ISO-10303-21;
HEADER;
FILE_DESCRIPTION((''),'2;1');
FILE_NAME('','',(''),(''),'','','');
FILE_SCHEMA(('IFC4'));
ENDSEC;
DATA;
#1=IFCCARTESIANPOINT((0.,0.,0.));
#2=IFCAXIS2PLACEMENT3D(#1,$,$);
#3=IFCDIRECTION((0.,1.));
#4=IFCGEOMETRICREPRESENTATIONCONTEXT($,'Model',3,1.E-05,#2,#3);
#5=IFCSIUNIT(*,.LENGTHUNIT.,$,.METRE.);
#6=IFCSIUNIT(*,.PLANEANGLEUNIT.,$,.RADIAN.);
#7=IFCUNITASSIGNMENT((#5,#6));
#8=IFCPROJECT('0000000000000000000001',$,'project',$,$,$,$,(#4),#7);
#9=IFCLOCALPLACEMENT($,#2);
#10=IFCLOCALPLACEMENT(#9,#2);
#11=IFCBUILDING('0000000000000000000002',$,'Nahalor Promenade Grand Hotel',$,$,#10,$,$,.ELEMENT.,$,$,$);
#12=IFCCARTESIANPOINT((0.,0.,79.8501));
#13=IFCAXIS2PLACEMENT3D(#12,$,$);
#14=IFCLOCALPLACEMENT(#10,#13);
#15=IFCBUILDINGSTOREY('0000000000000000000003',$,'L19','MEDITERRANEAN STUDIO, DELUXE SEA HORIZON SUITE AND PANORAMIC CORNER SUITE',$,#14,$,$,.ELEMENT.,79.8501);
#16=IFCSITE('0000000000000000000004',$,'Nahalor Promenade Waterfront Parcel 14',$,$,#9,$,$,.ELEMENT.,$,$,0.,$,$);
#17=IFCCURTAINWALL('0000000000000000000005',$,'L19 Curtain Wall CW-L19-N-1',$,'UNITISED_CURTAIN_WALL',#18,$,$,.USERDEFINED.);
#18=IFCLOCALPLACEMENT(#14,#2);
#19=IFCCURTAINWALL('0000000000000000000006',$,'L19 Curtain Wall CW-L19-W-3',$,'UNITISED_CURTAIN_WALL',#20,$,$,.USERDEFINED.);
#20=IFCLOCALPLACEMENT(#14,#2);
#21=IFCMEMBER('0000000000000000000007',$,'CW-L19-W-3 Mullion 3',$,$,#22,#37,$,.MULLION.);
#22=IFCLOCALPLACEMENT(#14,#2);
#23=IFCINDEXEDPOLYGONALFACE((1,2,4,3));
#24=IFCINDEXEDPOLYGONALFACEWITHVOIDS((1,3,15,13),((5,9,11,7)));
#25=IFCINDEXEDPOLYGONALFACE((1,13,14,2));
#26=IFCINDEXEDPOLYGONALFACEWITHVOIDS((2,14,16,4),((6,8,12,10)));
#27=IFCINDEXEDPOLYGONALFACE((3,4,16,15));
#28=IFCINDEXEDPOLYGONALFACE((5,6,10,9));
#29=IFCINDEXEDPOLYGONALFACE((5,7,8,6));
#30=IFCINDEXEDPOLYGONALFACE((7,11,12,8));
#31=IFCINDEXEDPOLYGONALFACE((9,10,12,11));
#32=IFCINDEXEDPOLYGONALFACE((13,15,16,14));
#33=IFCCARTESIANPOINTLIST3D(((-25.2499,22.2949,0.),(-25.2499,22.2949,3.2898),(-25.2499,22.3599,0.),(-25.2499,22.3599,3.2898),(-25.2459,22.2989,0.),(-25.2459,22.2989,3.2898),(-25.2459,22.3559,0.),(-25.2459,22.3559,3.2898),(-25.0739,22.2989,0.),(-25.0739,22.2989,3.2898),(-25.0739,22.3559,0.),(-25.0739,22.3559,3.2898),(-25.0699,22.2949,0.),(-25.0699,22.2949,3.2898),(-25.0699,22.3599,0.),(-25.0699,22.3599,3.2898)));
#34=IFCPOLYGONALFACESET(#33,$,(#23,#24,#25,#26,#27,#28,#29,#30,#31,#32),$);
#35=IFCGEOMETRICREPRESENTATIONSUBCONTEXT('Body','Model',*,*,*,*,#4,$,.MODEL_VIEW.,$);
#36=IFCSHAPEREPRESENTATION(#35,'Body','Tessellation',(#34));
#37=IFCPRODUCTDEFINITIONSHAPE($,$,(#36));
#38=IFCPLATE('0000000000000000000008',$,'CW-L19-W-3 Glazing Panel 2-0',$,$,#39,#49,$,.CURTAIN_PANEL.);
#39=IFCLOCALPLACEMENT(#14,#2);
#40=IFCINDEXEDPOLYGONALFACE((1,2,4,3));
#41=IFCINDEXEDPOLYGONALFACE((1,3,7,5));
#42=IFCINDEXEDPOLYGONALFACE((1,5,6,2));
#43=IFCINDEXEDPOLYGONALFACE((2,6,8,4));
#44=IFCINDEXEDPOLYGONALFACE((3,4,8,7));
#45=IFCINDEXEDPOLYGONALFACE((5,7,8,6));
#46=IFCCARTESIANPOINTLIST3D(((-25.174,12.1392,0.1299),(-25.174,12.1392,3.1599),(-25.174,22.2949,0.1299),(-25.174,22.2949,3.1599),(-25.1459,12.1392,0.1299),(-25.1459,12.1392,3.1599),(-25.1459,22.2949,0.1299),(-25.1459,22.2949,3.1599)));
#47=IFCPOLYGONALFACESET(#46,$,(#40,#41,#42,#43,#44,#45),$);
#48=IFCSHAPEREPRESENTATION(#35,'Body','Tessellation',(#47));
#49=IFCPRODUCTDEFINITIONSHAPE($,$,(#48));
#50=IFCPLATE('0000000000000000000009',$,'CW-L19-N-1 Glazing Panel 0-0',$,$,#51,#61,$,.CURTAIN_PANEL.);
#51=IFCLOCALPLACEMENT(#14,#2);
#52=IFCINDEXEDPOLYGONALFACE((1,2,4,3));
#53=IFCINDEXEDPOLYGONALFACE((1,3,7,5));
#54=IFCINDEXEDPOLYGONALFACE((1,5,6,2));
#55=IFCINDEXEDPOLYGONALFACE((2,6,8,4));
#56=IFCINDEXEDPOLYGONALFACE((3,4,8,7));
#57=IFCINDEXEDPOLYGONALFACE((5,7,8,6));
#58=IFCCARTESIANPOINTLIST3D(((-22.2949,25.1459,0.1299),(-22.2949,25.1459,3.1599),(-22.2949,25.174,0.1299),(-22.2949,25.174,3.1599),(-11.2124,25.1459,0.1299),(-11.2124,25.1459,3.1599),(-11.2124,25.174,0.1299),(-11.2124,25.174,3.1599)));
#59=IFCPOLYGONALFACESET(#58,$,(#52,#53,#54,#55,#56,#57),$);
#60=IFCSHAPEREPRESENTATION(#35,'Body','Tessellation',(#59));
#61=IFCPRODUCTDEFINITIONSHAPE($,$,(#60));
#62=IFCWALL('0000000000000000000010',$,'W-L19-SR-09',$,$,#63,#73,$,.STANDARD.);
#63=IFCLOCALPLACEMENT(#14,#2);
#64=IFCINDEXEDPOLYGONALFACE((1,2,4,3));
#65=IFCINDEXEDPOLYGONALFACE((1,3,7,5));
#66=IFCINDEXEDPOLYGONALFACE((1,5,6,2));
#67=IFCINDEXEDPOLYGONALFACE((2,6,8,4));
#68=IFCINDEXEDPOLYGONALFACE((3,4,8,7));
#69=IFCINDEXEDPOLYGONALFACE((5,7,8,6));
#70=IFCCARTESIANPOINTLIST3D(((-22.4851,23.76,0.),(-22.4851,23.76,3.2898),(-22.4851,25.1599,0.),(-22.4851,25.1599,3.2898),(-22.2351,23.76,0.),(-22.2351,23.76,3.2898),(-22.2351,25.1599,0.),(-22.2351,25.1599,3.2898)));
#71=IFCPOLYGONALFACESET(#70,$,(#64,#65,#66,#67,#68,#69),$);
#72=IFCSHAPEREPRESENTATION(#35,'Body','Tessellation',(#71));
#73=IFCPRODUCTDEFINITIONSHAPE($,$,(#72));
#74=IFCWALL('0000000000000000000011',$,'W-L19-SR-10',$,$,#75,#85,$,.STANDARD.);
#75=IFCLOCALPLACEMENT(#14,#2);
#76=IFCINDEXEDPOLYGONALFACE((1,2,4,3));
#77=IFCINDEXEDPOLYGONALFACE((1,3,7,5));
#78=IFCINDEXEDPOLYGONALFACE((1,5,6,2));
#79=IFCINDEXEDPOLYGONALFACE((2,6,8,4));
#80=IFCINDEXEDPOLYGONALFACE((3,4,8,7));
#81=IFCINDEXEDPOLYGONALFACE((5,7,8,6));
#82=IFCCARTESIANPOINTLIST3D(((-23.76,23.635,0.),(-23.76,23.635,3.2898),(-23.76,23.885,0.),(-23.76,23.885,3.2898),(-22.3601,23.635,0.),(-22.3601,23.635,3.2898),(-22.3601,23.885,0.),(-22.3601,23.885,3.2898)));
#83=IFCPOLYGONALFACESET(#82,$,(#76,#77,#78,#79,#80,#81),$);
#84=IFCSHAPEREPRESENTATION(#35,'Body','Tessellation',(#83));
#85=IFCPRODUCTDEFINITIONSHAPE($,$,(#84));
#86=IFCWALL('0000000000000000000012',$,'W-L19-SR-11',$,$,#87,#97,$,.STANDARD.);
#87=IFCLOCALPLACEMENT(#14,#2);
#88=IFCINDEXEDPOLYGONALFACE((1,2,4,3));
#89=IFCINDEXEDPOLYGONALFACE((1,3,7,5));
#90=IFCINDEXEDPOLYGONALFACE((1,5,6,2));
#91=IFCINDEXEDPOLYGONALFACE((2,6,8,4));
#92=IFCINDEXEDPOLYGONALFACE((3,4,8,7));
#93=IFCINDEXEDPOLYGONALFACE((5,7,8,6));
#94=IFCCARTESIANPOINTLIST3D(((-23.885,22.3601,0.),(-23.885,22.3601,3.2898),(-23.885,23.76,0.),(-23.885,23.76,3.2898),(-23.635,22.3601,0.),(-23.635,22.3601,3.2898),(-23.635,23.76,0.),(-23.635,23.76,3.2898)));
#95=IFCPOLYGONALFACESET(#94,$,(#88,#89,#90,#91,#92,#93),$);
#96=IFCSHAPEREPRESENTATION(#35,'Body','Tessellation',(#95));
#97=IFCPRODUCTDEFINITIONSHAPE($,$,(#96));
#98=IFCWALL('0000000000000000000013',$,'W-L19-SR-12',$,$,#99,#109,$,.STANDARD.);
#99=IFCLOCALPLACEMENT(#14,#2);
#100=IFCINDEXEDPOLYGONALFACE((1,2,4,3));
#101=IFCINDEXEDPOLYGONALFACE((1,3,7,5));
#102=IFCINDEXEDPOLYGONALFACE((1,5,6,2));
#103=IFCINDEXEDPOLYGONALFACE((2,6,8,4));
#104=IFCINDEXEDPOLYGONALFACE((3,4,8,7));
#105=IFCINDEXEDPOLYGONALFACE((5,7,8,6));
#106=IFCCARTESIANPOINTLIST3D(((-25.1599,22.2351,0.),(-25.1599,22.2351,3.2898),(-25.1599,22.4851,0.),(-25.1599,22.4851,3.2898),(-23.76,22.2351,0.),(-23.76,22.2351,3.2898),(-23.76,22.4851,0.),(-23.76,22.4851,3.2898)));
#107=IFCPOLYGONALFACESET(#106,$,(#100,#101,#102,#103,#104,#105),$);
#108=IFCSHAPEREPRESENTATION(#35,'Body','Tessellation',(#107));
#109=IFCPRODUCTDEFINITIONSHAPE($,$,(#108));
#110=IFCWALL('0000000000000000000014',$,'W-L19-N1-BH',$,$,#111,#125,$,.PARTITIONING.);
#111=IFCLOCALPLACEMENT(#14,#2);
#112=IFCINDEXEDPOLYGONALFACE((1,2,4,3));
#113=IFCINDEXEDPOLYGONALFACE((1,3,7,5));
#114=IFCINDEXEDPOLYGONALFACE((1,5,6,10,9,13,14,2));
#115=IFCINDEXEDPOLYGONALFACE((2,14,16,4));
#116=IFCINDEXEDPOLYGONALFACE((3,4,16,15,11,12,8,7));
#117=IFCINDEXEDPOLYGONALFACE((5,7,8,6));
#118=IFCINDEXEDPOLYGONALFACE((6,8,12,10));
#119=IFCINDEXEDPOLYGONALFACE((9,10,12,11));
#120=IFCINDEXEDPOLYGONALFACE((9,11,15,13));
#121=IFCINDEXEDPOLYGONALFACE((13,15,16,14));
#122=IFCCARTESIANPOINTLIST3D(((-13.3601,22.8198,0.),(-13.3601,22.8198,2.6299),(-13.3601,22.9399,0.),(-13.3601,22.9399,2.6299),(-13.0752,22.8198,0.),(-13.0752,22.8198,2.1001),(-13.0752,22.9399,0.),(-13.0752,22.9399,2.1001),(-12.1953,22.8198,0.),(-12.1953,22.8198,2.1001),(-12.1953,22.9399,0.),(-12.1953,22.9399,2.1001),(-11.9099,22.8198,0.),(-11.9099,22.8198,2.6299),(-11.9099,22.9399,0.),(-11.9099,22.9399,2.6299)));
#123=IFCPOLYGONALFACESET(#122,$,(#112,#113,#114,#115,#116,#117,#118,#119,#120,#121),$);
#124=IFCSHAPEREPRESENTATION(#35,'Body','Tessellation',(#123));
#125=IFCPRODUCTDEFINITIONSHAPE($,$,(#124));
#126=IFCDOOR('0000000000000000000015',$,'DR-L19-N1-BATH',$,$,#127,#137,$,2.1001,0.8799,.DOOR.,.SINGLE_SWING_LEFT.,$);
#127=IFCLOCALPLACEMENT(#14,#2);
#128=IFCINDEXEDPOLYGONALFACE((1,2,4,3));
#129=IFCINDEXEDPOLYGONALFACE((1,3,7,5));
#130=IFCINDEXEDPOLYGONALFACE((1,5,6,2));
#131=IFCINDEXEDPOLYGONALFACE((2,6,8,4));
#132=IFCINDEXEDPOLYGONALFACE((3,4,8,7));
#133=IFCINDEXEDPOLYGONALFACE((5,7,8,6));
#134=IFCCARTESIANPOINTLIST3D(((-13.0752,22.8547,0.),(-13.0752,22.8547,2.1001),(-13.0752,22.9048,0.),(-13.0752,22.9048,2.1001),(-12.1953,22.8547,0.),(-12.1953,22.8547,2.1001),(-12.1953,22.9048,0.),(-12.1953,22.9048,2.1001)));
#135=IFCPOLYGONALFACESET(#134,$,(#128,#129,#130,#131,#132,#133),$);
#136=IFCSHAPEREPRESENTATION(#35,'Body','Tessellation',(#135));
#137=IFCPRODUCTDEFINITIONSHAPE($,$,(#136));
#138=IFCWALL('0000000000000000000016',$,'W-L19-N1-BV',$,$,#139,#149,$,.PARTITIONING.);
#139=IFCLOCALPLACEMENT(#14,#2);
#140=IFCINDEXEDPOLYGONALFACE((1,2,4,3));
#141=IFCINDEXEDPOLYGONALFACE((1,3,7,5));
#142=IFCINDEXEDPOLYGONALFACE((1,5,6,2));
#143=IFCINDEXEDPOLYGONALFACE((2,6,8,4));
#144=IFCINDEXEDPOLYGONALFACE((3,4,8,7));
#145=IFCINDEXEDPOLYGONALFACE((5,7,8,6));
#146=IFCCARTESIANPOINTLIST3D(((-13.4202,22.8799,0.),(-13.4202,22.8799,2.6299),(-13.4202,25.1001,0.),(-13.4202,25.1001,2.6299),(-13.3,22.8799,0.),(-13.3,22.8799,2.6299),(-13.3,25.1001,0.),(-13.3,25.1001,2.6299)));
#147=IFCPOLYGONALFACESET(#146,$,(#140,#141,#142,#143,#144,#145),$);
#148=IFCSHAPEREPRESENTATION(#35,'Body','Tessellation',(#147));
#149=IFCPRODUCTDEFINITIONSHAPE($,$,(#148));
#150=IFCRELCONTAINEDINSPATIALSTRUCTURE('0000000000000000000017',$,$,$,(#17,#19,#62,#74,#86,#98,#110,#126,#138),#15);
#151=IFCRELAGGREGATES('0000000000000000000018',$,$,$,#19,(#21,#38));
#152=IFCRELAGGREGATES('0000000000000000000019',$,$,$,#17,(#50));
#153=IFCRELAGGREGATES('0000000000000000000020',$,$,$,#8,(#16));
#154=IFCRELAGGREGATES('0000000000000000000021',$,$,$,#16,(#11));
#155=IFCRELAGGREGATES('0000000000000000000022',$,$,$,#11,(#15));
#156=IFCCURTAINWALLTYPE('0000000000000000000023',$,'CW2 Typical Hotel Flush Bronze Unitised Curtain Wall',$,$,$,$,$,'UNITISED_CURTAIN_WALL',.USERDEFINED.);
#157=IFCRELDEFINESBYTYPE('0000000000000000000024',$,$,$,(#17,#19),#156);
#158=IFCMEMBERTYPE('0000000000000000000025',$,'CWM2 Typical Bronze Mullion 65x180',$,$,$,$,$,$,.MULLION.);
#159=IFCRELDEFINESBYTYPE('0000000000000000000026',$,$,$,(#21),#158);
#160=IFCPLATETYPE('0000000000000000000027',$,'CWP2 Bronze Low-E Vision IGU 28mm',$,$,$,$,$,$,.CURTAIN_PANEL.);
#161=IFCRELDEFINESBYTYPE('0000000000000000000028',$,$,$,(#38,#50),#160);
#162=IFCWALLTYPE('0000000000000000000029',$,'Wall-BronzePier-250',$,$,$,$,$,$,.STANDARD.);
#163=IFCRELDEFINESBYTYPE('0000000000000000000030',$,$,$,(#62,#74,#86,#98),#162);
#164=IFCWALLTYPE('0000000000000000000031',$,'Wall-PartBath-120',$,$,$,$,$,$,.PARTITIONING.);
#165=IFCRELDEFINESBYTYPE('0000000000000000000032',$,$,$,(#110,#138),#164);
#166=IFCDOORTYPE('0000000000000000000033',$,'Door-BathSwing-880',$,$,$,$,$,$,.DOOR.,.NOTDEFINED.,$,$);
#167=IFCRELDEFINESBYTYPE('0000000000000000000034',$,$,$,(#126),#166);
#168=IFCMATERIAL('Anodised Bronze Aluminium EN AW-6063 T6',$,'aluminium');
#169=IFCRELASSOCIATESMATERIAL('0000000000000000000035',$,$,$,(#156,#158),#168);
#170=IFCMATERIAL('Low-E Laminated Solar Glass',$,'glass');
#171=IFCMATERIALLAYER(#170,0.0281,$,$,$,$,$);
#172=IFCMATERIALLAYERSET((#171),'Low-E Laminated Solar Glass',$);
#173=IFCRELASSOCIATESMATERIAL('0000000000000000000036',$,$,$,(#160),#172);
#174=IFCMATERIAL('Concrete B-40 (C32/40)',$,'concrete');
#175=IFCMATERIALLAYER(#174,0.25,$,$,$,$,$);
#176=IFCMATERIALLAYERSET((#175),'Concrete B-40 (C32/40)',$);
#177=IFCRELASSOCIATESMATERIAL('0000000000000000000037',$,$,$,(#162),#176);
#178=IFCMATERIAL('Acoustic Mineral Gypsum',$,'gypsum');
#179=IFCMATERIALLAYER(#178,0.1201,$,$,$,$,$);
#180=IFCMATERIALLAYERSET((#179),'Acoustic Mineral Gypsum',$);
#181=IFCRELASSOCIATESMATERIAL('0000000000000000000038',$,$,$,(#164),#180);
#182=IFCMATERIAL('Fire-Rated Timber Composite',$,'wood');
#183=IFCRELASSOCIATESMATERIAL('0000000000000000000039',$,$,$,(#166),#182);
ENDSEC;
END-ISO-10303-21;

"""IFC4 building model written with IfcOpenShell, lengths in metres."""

from ifc_helpers import new_model, si_unit, direction, frame, frame_2d, origin, origin_2d, place, context, subcontext, project, spatial, rectangle, hollow_rectangle, extrude, source, transform, mapped, material, layer, layer_set, material_profile, profile_set, type_object, element, fill, aggregate, save


model = new_model("IFC4")

# Units and contexts
model_context = context("Model", 3, precision=1e-05, world=origin(), true_north=direction((0.0, 1.0)))
body_context = subcontext(model_context, "Body", "Model", "MODEL_VIEW")
ifc_project = project(units=[si_unit("LENGTHUNIT", "METRE"), si_unit("PLANEANGLEUNIT", "RADIAN")], contexts=[model_context])

# Site, building, storey
site_placement = place(None, origin())
site = spatial("IfcSite", under=ifc_project, at=site_placement, Name="Nahalor Promenade Waterfront Parcel 14", CompositionType="ELEMENT", RefElevation=0.0)
building_placement = place(site_placement, origin())
building = spatial("IfcBuilding", under=site, at=building_placement, Name="Nahalor Promenade Grand Hotel", CompositionType="ELEMENT")
storey_placement = place(building_placement, frame((0.0, 0.0, 79.8501)))
storey = spatial("IfcBuildingStorey", under=building, at=storey_placement, Name="L19", Description="MEDITERRANEAN STUDIO, DELUXE SEA HORIZON SUITE AND PANORAMIC CORNER SUITE", CompositionType="ELEMENT", Elevation=79.8501)

# Curtain walls
ifc_material_1 = material(Name="Anodised Bronze Aluminium EN AW-6063 T6", Category="aluminium")
curtain_wall_type = type_object("IfcCurtainWallType", Name="CW2 Typical Hotel Flush Bronze Unitised Curtain Wall", ElementType="UNITISED_CURTAIN_WALL", PredefinedType="USERDEFINED", material=ifc_material_1)
curtain_wall_1_placement = place(storey_placement, origin())
curtain_wall_1 = element("IfcCurtainWall", 1, at=curtain_wall_1_placement, inside=storey, type_object=curtain_wall_type, Name="L19 Curtain Wall CW-L19-N-1", ObjectType="UNITISED_CURTAIN_WALL", PredefinedType="USERDEFINED")
curtain_wall_2_placement = place(storey_placement, origin())
curtain_wall_2 = element("IfcCurtainWall", 2, at=curtain_wall_2_placement, inside=storey, type_object=curtain_wall_type, Name="L19 Curtain Wall CW-L19-W-3", ObjectType="UNITISED_CURTAIN_WALL", PredefinedType="USERDEFINED")

# Member
ifc_material_profile_1 = material_profile(ifc_material_1, hollow_rectangle(XDim=0.065, YDim=0.18, WallThickness=0.004, at=origin_2d()), Name="CWM 65x180x4")
ifc_profile_set_1 = profile_set([ifc_material_profile_1], Name="Anodised Bronze Aluminium EN AW-6063 T6")
member_type_1 = type_object("IfcMemberType", Name="CWM2 Typical Bronze Mullion 65x180", PredefinedType="MULLION", material=ifc_profile_set_1)
shared_shape_1 = source(origin(), body_context, "Body", "SweptSolid", [
    extrude(hollow_rectangle(XDim=0.065, YDim=0.18, WallThickness=0.004, at=origin_2d()), origin(), (0.0, 0.0, 1.0), 3.2898),
])
member_1_placement = place(storey_placement, frame((-25.1599, 22.3274, 0.0), z_axis=(0.0, 0.0, 1.0), x_axis=(0.0, 1.0, 0.0)))
member_1 = element("IfcMember", 3, at=member_1_placement, type_object=member_type_1, Name="CW-L19-W-3 Mullion 3", PredefinedType="MULLION", context=body_context, shape_type="MappedRepresentation", body=[
    mapped(shared_shape_1, transform((0.0, 0.0, 0.0), scale=1.0)),
])

# Plates
ifc_material_2 = material(Name="Low-E Laminated Solar Glass", Category="glass")
ifc_layer_1 = layer(ifc_material_2, 0.0281)
ifc_layer_set_1 = layer_set([ifc_layer_1], Name="Low-E Laminated Solar Glass")
plate_type = type_object("IfcPlateType", Name="CWP2 Bronze Low-E Vision IGU 28mm", PredefinedType="CURTAIN_PANEL", material=ifc_layer_set_1)
shared_shape_2 = source(origin(), body_context, "Body", "SweptSolid", [
    extrude(rectangle(XDim=10.1558, YDim=0.0281, at=origin_2d()), origin(), (0.0, 0.0, 1.0), 3.03),
])
plate_1_placement = place(storey_placement, frame((-25.1599, 17.217, 0.1299), z_axis=(0.0, 0.0, 1.0), x_axis=(0.0, 1.0, 0.0)))
plate_1 = element("IfcPlate", 4, at=plate_1_placement, type_object=plate_type, Name="CW-L19-W-3 Glazing Panel 2-0", PredefinedType="CURTAIN_PANEL", context=body_context, shape_type="MappedRepresentation", body=[
    mapped(shared_shape_2, transform((0.0, 0.0, 0.0), scale=1.0)),
])
aggregate(curtain_wall_2, [member_1, plate_1])
shared_shape_3 = source(origin(), body_context, "Body", "SweptSolid", [
    extrude(rectangle(XDim=11.0825, YDim=0.0281, at=origin_2d()), origin(), (0.0, 0.0, 1.0), 3.03),
])
plate_2_placement = place(storey_placement, frame((-16.7537, 25.1599, 0.1299), z_axis=(0.0, 0.0, 1.0), x_axis=(1.0, 0.0, 0.0)))
plate_2 = element("IfcPlate", 5, at=plate_2_placement, type_object=plate_type, Name="CW-L19-N-1 Glazing Panel 0-0", PredefinedType="CURTAIN_PANEL", context=body_context, shape_type="MappedRepresentation", body=[
    mapped(shared_shape_3, transform((0.0, 0.0, 0.0), scale=1.0)),
])
aggregate(curtain_wall_1, [plate_2])

# Walls
ifc_material_3 = material(Name="Concrete B-40 (C32/40)", Category="concrete")
ifc_layer_2 = layer(ifc_material_3, 0.25)
ifc_layer_set_2 = layer_set([ifc_layer_2], Name="Concrete B-40 (C32/40)")
wall_type_1 = type_object("IfcWallType", Name="Wall-BronzePier-250", PredefinedType="STANDARD", material=ifc_layer_set_2)
shared_shape_4 = source(origin(), body_context, "Body", "SweptSolid", [
    extrude(rectangle(XDim=1.3999, YDim=0.25, at=frame_2d((0.7, 0.0))), origin(), (0.0, 0.0, 1.0), 3.2898),
])
for number, where, z_axis, x_axis, name in (
    (6, (-22.3601, 23.76, 0.0), (0.0, 0.0, 1.0), (0.0, 1.0, 0.0), "W-L19-SR-09"),
    (7, (-23.76, 23.76, 0.0), (0.0, 0.0, 1.0), (1.0, 0.0, 0.0), "W-L19-SR-10"),
    (8, (-23.76, 22.3601, 0.0), (0.0, 0.0, 1.0), (0.0, 1.0, 0.0), "W-L19-SR-11"),
    (9, (-25.1599, 22.3601, 0.0), (0.0, 0.0, 1.0), (1.0, 0.0, 0.0), "W-L19-SR-12"),
):
    element("IfcWall", number, at=place(storey_placement, frame(where, z_axis=z_axis, x_axis=x_axis)), inside=storey, type_object=wall_type_1, Name=name, PredefinedType="STANDARD", context=body_context, shape_type="MappedRepresentation", body=[
        mapped(shared_shape_4, transform((0.0, 0.0, 0.0), scale=1.0)),
    ])

# Wall, opening, door
ifc_material_4 = material(Name="Acoustic Mineral Gypsum", Category="gypsum")
ifc_layer_3 = layer(ifc_material_4, 0.1201)
ifc_layer_set_3 = layer_set([ifc_layer_3], Name="Acoustic Mineral Gypsum")
wall_type_2 = type_object("IfcWallType", Name="Wall-PartBath-120", PredefinedType="PARTITIONING", material=ifc_layer_set_3)
shared_shape_5 = source(origin(), body_context, "Body", "SweptSolid", [
    extrude(rectangle(XDim=1.4502, YDim=0.1201, at=frame_2d((0.7251, 0.0))), origin(), (0.0, 0.0, 1.0), 2.6299),
])
wall_1_placement = place(storey_placement, frame((-13.3601, 22.8799, 0.0), z_axis=(0.0, 0.0, 1.0), x_axis=(1.0, 0.0, 0.0)))
wall_1 = element("IfcWall", 10, at=wall_1_placement, inside=storey, type_object=wall_type_2, Name="W-L19-N1-BH", PredefinedType="PARTITIONING", context=body_context, shape_type="MappedRepresentation", body=[
    mapped(shared_shape_5, transform((0.0, 0.0, 0.0), scale=1.0)),
])
opening_placement = place(wall_1_placement, frame((0.2849, 0.0, 0.0)))
opening = element("IfcOpeningElement", 11, at=opening_placement, cuts=wall_1, PredefinedType="OPENING", context=body_context, shape_type="SweptSolid", body=[
    extrude(rectangle(XDim=0.8799, YDim=2.1001, at=frame_2d((0.4399, 1.05))), frame((0.0, 0.0701, 0.0), z_axis=(0.0, -1.0, 0.0), x_axis=(1.0, 0.0, 0.0)), (0.0, 0.0, 1.0), 0.1401),
])
ifc_material_5 = material(Name="Fire-Rated Timber Composite", Category="wood")
door_type = type_object("IfcDoorType", Name="Door-BathSwing-880", OperationType="NOTDEFINED", PredefinedType="DOOR", material=ifc_material_5)
shared_shape_6 = source(origin(), body_context, "Body", "SweptSolid", [
    extrude(rectangle(XDim=0.8799, YDim=2.1001, at=frame_2d((0.4399, 1.05))), frame((0.0, 0.0249, 0.0), z_axis=(0.0, -1.0, 0.0), x_axis=(1.0, 0.0, 0.0)), (0.0, 0.0, 1.0), 0.05),
])
door_placement = place(opening_placement, origin())
door = element("IfcDoor", 12, at=door_placement, inside=storey, type_object=door_type, Name="DR-L19-N1-BATH", OperationType="SINGLE_SWING_LEFT", OverallHeight=2.1001, OverallWidth=0.8799, PredefinedType="DOOR", context=body_context, shape_type="MappedRepresentation", body=[
    mapped(shared_shape_6, transform((0.0, 0.0, 0.0), scale=1.0)),
])
fill(opening, door)

# Wall
shared_shape_7 = source(origin(), body_context, "Body", "SweptSolid", [
    extrude(rectangle(XDim=2.2202, YDim=0.1201, at=frame_2d((1.1101, 0.0))), origin(), (0.0, 0.0, 1.0), 2.6299),
])
wall_2_placement = place(storey_placement, frame((-13.3601, 22.8799, 0.0), z_axis=(0.0, 0.0, 1.0), x_axis=(0.0, 1.0, 0.0)))
element("IfcWall", 13, at=wall_2_placement, inside=storey, type_object=wall_type_2, Name="W-L19-N1-BV", PredefinedType="PARTITIONING", context=body_context, shape_type="MappedRepresentation", body=[
    mapped(shared_shape_7, transform((0.0, 0.0, 0.0), scale=1.0)),
])

save(model, "model.ifc")
